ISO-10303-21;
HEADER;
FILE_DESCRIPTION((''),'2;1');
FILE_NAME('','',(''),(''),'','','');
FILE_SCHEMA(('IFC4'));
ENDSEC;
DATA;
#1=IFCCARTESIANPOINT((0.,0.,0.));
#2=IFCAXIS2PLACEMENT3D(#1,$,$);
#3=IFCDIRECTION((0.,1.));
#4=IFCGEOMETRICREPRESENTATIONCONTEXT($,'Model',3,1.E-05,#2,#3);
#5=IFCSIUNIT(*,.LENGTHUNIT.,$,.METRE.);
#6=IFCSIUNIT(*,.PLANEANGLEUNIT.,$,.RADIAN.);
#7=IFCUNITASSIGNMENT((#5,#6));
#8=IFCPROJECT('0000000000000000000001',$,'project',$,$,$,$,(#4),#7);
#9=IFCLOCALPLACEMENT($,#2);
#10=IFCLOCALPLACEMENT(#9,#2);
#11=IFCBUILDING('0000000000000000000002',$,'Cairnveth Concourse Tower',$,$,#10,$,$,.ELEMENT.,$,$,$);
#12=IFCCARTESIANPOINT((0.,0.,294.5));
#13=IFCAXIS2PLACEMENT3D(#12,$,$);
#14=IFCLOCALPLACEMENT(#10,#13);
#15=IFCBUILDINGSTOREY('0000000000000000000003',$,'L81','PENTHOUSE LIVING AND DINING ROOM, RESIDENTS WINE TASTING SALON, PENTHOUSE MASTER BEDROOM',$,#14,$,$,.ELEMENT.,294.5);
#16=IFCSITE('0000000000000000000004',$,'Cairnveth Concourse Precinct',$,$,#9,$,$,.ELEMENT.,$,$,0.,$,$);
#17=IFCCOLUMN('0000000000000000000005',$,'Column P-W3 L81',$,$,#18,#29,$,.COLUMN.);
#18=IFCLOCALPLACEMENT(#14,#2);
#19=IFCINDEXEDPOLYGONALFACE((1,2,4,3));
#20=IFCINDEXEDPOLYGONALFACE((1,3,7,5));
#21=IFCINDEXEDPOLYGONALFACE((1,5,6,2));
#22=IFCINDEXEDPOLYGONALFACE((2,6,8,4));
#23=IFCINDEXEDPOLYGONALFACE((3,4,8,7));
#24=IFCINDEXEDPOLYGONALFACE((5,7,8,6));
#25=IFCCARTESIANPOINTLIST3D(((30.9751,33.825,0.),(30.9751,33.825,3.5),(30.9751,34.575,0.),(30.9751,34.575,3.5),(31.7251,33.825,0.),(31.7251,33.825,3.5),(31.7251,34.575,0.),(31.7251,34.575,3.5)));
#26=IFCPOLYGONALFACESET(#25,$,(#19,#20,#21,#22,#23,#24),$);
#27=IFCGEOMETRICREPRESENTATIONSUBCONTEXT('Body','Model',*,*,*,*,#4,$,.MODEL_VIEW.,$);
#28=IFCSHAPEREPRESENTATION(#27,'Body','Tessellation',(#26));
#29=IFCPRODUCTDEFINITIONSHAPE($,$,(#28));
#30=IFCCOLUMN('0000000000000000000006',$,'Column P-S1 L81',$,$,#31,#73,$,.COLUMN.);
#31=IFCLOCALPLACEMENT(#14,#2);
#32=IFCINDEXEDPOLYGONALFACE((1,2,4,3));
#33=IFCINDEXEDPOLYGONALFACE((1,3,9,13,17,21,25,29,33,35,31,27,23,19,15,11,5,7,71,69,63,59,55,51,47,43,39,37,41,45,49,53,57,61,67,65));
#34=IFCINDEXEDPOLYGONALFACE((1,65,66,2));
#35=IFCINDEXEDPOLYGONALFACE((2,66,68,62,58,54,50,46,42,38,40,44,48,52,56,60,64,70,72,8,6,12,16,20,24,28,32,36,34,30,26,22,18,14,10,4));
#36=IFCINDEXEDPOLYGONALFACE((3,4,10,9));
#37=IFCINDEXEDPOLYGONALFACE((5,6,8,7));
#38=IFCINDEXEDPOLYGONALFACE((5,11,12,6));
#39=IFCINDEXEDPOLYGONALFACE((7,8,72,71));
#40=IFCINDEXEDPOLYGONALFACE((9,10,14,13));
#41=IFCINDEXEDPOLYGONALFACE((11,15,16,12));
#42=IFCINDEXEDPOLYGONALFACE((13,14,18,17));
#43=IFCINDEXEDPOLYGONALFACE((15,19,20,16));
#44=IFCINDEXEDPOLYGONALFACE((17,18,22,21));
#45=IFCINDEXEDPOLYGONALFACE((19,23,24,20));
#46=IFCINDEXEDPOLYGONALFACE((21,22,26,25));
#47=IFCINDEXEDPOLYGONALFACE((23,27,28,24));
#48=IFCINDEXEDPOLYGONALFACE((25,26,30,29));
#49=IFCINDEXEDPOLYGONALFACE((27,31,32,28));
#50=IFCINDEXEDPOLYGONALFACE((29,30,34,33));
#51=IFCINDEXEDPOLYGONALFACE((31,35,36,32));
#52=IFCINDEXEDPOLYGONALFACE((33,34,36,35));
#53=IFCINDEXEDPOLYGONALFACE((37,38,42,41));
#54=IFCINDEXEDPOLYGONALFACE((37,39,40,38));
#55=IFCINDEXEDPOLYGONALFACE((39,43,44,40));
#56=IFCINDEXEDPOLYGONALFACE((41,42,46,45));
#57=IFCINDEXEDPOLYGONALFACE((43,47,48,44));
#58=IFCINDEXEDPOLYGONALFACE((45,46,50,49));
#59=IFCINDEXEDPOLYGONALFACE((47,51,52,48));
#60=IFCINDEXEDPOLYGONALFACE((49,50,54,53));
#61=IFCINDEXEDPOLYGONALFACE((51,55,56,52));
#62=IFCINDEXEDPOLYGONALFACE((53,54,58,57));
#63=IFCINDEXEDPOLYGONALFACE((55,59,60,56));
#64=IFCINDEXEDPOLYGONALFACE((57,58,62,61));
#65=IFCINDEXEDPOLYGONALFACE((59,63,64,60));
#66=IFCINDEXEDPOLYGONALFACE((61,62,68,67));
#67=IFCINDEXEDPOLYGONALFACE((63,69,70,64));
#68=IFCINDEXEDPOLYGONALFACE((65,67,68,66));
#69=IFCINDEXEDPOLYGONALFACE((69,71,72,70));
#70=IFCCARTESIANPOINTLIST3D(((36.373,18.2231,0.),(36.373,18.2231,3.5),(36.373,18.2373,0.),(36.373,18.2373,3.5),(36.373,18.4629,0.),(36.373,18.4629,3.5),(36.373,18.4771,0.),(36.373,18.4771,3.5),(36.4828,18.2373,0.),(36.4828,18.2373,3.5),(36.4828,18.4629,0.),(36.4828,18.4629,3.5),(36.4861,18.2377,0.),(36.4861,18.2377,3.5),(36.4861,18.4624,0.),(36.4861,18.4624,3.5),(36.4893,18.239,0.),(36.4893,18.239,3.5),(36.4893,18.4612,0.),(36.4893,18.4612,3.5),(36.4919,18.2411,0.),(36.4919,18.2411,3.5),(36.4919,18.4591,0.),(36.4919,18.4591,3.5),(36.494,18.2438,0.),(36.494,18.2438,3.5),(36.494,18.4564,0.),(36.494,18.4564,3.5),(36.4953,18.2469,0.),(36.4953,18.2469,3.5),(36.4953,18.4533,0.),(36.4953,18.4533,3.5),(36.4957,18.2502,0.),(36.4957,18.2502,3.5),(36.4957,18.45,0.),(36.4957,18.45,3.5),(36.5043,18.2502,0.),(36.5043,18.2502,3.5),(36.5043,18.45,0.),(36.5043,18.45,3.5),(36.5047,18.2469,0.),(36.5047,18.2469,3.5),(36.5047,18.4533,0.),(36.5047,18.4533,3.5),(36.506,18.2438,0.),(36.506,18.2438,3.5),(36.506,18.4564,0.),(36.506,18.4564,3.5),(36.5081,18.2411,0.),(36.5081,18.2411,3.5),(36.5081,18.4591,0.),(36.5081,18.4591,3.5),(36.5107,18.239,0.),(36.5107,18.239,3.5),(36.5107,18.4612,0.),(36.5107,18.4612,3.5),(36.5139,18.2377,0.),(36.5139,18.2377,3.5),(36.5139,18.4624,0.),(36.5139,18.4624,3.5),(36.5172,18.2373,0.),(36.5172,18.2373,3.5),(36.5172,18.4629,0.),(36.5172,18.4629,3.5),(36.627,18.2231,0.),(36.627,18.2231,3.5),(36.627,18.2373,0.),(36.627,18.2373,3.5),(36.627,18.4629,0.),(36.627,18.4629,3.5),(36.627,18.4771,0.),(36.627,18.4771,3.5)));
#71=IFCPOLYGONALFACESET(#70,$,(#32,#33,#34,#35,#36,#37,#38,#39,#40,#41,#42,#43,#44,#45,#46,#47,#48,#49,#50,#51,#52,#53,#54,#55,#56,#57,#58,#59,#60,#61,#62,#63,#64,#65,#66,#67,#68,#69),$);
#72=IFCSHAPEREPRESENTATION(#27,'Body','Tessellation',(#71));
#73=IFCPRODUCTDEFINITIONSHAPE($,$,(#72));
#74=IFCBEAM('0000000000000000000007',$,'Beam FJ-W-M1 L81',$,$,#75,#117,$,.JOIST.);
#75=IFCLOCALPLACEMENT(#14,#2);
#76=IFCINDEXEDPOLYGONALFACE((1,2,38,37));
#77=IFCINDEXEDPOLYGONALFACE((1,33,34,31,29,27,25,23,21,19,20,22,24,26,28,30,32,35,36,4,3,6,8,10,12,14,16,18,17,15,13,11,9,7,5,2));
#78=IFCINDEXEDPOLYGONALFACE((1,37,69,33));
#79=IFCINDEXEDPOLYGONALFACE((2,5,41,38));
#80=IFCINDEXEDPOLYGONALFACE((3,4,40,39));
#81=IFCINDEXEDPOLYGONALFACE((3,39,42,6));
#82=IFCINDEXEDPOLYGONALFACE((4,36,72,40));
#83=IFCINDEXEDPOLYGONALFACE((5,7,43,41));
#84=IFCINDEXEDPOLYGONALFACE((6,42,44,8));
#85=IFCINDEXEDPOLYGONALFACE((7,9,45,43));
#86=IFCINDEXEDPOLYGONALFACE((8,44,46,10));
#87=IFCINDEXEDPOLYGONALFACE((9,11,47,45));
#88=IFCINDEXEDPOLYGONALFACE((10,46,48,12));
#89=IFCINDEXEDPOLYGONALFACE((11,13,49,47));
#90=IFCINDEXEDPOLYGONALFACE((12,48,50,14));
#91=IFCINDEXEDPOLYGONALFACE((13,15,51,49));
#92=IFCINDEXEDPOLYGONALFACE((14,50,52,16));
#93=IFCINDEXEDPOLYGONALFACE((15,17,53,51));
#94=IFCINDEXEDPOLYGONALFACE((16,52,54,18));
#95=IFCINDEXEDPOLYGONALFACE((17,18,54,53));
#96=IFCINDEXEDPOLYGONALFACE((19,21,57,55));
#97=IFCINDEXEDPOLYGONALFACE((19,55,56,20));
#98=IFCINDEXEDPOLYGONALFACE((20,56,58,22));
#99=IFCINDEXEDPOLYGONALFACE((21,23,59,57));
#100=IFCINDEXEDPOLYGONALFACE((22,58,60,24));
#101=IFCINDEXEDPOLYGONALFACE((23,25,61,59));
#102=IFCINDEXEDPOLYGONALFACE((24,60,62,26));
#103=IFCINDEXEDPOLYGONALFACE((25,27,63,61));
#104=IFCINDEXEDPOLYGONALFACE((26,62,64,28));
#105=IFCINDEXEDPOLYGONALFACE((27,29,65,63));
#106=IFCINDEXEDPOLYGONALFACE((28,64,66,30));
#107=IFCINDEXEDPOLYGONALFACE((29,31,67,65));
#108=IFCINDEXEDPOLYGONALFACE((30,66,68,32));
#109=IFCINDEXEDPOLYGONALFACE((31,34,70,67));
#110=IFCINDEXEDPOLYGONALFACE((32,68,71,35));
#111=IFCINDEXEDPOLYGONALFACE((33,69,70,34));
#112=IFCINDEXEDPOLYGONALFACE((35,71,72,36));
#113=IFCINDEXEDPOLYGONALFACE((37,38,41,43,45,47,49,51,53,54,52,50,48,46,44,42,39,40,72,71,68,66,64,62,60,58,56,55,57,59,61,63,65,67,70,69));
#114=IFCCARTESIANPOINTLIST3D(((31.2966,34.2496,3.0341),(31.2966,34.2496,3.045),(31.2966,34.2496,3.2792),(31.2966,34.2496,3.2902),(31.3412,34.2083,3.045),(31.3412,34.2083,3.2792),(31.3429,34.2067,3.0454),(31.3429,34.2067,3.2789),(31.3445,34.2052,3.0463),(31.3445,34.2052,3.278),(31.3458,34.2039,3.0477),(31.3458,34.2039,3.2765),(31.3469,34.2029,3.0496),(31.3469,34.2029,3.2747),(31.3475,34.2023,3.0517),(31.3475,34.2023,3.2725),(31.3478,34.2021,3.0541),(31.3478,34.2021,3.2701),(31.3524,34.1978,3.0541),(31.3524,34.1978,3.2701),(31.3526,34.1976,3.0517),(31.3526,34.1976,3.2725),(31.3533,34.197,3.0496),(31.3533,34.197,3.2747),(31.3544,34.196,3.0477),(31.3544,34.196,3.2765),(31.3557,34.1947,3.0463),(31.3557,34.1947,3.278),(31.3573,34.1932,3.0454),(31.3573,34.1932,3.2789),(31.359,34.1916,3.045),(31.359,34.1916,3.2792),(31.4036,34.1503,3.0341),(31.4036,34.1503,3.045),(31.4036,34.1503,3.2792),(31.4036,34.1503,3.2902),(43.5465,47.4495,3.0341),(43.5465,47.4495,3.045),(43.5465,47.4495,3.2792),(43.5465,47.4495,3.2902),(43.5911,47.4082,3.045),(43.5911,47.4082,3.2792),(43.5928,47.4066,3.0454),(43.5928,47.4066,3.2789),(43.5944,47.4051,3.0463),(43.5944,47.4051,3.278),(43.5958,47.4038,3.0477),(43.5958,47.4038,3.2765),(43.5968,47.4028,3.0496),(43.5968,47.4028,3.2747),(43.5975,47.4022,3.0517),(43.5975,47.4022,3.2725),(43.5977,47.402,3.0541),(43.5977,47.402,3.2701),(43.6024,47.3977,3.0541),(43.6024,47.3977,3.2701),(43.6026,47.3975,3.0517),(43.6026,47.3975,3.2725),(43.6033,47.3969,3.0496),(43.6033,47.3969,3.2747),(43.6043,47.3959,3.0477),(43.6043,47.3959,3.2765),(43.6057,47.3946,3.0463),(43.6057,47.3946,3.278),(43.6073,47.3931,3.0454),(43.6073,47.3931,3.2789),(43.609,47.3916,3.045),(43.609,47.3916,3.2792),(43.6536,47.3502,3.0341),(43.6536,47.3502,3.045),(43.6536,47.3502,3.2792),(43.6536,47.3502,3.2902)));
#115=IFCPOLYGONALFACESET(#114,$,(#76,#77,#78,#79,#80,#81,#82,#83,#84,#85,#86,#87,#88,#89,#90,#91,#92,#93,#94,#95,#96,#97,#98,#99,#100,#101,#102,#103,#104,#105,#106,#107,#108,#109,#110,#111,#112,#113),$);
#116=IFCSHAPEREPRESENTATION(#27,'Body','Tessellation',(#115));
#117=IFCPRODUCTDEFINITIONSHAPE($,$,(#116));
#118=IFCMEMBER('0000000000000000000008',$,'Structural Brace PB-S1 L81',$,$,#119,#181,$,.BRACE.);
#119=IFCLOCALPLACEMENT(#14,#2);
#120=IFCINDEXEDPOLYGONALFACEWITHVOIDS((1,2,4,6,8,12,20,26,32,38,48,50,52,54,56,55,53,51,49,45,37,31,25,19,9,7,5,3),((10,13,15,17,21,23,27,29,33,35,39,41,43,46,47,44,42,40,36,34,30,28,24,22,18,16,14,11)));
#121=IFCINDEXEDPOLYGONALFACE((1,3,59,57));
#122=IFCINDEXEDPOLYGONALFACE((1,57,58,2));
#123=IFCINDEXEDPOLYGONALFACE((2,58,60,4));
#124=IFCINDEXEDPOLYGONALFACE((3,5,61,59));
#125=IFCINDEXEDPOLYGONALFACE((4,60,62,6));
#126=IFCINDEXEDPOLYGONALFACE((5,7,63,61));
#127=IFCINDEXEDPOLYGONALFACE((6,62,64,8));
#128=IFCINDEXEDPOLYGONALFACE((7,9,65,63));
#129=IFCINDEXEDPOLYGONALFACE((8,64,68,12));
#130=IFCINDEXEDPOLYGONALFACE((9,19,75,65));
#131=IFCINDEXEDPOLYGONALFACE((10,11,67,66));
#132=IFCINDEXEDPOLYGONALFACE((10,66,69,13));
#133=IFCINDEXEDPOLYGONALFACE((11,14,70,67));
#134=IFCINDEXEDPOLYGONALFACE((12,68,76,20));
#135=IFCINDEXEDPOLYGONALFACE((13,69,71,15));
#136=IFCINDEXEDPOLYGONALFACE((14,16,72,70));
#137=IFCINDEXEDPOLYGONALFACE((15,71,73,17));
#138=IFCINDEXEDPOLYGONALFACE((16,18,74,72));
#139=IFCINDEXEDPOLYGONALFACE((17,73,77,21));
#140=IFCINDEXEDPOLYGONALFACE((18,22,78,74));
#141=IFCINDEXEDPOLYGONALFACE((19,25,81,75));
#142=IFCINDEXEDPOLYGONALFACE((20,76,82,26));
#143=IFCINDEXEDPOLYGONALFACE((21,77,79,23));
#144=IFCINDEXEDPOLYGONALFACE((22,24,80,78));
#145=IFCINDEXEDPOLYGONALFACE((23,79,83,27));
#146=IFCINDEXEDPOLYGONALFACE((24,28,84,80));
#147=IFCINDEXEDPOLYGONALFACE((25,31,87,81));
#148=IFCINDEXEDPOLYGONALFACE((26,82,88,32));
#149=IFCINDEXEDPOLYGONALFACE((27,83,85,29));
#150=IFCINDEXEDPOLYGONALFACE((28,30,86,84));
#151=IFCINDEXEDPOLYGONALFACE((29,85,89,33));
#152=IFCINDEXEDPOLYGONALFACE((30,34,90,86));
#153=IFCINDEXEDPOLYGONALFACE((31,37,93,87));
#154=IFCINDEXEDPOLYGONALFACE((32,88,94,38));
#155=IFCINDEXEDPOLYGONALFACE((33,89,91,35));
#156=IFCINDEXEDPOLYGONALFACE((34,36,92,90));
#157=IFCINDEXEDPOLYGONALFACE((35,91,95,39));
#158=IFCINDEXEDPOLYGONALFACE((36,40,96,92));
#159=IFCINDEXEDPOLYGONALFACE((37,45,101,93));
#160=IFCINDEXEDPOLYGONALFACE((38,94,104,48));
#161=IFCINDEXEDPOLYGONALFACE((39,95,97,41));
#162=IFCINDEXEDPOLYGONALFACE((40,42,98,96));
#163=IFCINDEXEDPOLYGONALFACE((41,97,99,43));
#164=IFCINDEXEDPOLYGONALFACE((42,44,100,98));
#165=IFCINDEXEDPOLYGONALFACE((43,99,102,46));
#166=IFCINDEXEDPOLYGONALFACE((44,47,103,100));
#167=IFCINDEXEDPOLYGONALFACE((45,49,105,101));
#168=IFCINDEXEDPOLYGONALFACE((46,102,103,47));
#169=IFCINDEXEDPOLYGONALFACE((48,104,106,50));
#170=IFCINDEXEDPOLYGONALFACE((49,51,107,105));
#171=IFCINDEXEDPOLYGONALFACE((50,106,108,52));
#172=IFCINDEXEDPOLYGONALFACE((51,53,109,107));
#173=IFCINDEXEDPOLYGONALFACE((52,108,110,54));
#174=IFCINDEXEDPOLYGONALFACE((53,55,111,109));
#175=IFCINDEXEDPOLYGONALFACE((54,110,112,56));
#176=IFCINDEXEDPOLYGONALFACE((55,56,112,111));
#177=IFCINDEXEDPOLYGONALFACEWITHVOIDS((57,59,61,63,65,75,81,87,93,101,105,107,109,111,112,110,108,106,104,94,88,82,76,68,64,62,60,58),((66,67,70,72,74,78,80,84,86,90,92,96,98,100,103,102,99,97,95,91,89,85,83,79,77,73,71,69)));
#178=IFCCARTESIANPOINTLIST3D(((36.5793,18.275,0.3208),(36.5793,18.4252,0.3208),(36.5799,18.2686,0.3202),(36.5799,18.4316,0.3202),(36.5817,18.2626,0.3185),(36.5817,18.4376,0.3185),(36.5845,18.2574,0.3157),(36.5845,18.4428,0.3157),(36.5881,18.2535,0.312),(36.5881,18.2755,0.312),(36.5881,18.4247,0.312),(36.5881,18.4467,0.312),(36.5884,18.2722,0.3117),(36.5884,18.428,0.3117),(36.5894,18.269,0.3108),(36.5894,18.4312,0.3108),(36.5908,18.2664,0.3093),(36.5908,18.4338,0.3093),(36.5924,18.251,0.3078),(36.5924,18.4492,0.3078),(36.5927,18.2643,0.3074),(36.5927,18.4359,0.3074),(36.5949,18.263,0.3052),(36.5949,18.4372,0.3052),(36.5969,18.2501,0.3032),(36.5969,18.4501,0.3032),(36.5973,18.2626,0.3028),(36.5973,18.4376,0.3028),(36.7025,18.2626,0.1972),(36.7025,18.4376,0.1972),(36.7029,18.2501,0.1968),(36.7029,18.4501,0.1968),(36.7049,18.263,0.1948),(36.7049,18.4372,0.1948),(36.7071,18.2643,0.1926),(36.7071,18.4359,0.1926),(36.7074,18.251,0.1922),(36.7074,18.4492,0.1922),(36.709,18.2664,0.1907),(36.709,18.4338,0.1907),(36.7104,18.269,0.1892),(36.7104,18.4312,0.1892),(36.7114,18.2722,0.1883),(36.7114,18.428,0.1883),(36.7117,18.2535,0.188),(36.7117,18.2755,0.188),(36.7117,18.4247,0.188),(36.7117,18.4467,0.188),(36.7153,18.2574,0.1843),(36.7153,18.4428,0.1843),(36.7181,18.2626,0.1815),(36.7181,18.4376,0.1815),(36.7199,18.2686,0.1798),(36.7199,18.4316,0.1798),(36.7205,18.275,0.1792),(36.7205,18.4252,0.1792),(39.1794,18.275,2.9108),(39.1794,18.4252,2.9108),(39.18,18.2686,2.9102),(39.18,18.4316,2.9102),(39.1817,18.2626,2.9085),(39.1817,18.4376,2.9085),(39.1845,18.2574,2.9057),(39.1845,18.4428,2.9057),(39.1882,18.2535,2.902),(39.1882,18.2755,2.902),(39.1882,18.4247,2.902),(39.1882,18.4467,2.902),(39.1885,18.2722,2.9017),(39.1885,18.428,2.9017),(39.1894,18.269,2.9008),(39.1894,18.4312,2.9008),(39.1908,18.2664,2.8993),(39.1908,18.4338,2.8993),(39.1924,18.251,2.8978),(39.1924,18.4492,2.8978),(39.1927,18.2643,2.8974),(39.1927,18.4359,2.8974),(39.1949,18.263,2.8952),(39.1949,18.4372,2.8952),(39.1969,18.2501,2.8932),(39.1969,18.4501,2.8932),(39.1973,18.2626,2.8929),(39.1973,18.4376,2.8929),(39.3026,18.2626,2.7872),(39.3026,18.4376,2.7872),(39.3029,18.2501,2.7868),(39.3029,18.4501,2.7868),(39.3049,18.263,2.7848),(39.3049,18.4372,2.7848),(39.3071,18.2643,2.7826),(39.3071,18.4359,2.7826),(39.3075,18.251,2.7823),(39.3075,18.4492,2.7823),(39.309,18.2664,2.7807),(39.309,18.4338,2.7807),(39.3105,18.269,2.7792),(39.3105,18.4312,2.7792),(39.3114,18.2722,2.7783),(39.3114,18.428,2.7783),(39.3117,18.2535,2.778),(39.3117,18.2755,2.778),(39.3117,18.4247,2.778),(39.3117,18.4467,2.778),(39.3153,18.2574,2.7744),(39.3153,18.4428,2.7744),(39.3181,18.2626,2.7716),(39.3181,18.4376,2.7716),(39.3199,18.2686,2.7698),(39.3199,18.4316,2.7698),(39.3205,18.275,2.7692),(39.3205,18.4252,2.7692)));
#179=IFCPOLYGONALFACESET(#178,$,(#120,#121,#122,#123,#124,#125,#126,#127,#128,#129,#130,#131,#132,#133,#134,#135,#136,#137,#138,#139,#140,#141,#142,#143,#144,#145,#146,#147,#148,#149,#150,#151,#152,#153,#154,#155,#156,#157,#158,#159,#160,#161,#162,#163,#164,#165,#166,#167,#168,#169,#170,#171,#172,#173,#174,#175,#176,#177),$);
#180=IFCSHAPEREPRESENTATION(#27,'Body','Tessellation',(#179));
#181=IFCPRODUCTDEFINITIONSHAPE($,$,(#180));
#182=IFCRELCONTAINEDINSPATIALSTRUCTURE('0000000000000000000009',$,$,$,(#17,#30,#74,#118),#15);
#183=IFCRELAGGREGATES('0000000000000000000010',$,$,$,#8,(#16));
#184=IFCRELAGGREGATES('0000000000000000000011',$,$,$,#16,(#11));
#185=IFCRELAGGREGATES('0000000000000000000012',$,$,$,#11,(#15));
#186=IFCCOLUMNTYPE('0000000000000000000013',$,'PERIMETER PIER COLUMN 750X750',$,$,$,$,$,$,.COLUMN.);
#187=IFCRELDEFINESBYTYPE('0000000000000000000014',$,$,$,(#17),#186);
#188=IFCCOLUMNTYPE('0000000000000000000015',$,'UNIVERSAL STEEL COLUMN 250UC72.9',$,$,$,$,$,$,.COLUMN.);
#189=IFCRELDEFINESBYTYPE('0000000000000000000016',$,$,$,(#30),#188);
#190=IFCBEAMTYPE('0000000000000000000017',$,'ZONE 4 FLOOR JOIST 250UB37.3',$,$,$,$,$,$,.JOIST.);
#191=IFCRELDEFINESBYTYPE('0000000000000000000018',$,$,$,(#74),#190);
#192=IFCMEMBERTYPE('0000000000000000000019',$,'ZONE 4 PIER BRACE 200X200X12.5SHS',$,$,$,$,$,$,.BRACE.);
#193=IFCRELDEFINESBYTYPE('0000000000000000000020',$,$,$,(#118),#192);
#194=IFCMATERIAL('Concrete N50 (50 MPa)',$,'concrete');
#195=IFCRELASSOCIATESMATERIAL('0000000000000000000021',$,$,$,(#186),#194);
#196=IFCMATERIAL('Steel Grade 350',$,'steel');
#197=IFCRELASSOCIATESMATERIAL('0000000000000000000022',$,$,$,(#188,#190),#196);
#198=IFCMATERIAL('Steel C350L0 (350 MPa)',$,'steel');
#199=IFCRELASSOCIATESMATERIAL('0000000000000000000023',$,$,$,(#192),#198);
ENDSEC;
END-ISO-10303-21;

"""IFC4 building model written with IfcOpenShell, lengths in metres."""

from ifc_helpers import new_model, si_unit, direction, frame, origin, origin_2d, place, context, subcontext, project, spatial, rectangle, hollow_rectangle, i_section, extrude, material, material_profile, profile_set, type_object, element, save


model = new_model("IFC4")

# Units and contexts
model_context = context("Model", 3, precision=1e-05, world=origin(), true_north=direction((0.0, 1.0)))
body_context = subcontext(model_context, "Body", "Model", "MODEL_VIEW")
ifc_project = project(units=[si_unit("LENGTHUNIT", "METRE"), si_unit("PLANEANGLEUNIT", "RADIAN")], contexts=[model_context])

# Site, building, storey
site_placement = place(None, origin())
site = spatial("IfcSite", under=ifc_project, at=site_placement, Name="Cairnveth Concourse Precinct", CompositionType="ELEMENT", RefElevation=0.0)
building_placement = place(site_placement, origin())
building = spatial("IfcBuilding", under=site, at=building_placement, Name="Cairnveth Concourse Tower", CompositionType="ELEMENT")
storey_placement = place(building_placement, frame((0.0, 0.0, 294.5)))
storey = spatial("IfcBuildingStorey", under=building, at=storey_placement, Name="L81", Description="PENTHOUSE LIVING AND DINING ROOM, RESIDENTS WINE TASTING SALON, PENTHOUSE MASTER BEDROOM", CompositionType="ELEMENT", Elevation=294.5)

# Columns
ifc_material_1 = material(Name="Concrete N50 (50 MPa)", Category="concrete")
ifc_material_profile_1 = material_profile(ifc_material_1, rectangle(XDim=0.75, YDim=0.75, at=origin_2d()), Name="RC-COL-750x750")
ifc_profile_set_1 = profile_set([ifc_material_profile_1], Name="Concrete N50 (50 MPa)")
column_type_1 = type_object("IfcColumnType", Name="PERIMETER PIER COLUMN 750X750", PredefinedType="COLUMN", material=ifc_profile_set_1)
column_1_placement = place(storey_placement, frame((31.3501, 34.2, 0.0), z_axis=(0.0, 0.0, 1.0), x_axis=(0.0, 1.0, 0.0)))
element("IfcColumn", 1, at=column_1_placement, inside=storey, type_object=column_type_1, Name="Column P-W3 L81", PredefinedType="COLUMN", context=body_context, shape_type="SweptSolid", body=[
    extrude(rectangle(XDim=0.75, YDim=0.75, at=origin_2d()), origin(), (0.0, 0.0, 1.0), 3.5),
])
ifc_material_2 = material(Name="Steel Grade 350", Category="steel")
ifc_material_profile_2 = material_profile(ifc_material_2, i_section(OverallWidth=0.2539, OverallDepth=0.2539, WebThickness=0.0085, FlangeThickness=0.0142, FilletRadius=0.0129, at=origin_2d()), Name="250UC72.9")
ifc_profile_set_2 = profile_set([ifc_material_profile_2], Name="Steel Grade 350")
column_type_2 = type_object("IfcColumnType", Name="UNIVERSAL STEEL COLUMN 250UC72.9", PredefinedType="COLUMN", material=ifc_profile_set_2)
column_2_placement = place(storey_placement, frame((36.5, 18.3501, 0.0), z_axis=(0.0, 0.0, 1.0), x_axis=(1.0, 0.0, 0.0)))
element("IfcColumn", 2, at=column_2_placement, inside=storey, type_object=column_type_2, Name="Column P-S1 L81", PredefinedType="COLUMN", context=body_context, shape_type="SweptSolid", body=[
    extrude(i_section(OverallWidth=0.2539, OverallDepth=0.2539, WebThickness=0.0085, FlangeThickness=0.0142, FilletRadius=0.0129, at=origin_2d()), origin(), (0.0, 0.0, 1.0), 3.5),
])

# Beam
ifc_material_profile_3 = material_profile(ifc_material_2, i_section(OverallWidth=0.146, OverallDepth=0.2561, WebThickness=0.0063, FlangeThickness=0.011, FilletRadius=0.009, at=origin_2d()), Name="250UB37.3")
ifc_profile_set_3 = profile_set([ifc_material_profile_3], Name="Steel Grade 350")
beam_type_1 = type_object("IfcBeamType", Name="ZONE 4 FLOOR JOIST 250UB37.3", PredefinedType="JOIST", material=ifc_profile_set_3)
beam_1_placement = place(storey_placement, frame((31.3501, 34.2, 3.1621), z_axis=(0.680239, 0.73299, 0.0), x_axis=(-0.73299, 0.680239, 0.0)))
element("IfcBeam", 3, at=beam_1_placement, inside=storey, type_object=beam_type_1, Name="Beam FJ-W-M1 L81", PredefinedType="JOIST", context=body_context, shape_type="SweptSolid", body=[
    extrude(i_section(OverallWidth=0.146, OverallDepth=0.2561, WebThickness=0.0063, FlangeThickness=0.011, FilletRadius=0.009, at=origin_2d()), origin(), (0.0, 0.0, 1.0), 18.0083),
])

# Member
ifc_material_3 = material(Name="Steel C350L0 (350 MPa)", Category="steel")
ifc_material_profile_4 = material_profile(ifc_material_3, hollow_rectangle(XDim=0.2, YDim=0.2, WallThickness=0.0125, InnerFilletRadius=0.0129, OuterFilletRadius=0.0249, at=origin_2d()), Name="200x200x12.5SHS")
ifc_profile_set_4 = profile_set([ifc_material_profile_4], Name="Steel C350L0 (350 MPa)")
member_type = type_object("IfcMemberType", Name="ZONE 4 PIER BRACE 200X200X12.5SHS", PredefinedType="BRACE", material=ifc_profile_set_4)
member_placement = place(storey_placement, frame((36.6499, 18.3501, 0.25), z_axis=(0.708469, 0.0, 0.705742), x_axis=(0.0, 1.0, 0.0)))
element("IfcMember", 4, at=member_placement, inside=storey, type_object=member_type, Name="Structural Brace PB-S1 L81", PredefinedType="BRACE", context=body_context, shape_type="SweptSolid", body=[
    extrude(hollow_rectangle(XDim=0.2, YDim=0.2, WallThickness=0.0125, InnerFilletRadius=0.0129, OuterFilletRadius=0.0249, at=origin_2d()), origin(), (0.0, 0.0, 1.0), 3.6699),
])

save(model, "model.ifc")
